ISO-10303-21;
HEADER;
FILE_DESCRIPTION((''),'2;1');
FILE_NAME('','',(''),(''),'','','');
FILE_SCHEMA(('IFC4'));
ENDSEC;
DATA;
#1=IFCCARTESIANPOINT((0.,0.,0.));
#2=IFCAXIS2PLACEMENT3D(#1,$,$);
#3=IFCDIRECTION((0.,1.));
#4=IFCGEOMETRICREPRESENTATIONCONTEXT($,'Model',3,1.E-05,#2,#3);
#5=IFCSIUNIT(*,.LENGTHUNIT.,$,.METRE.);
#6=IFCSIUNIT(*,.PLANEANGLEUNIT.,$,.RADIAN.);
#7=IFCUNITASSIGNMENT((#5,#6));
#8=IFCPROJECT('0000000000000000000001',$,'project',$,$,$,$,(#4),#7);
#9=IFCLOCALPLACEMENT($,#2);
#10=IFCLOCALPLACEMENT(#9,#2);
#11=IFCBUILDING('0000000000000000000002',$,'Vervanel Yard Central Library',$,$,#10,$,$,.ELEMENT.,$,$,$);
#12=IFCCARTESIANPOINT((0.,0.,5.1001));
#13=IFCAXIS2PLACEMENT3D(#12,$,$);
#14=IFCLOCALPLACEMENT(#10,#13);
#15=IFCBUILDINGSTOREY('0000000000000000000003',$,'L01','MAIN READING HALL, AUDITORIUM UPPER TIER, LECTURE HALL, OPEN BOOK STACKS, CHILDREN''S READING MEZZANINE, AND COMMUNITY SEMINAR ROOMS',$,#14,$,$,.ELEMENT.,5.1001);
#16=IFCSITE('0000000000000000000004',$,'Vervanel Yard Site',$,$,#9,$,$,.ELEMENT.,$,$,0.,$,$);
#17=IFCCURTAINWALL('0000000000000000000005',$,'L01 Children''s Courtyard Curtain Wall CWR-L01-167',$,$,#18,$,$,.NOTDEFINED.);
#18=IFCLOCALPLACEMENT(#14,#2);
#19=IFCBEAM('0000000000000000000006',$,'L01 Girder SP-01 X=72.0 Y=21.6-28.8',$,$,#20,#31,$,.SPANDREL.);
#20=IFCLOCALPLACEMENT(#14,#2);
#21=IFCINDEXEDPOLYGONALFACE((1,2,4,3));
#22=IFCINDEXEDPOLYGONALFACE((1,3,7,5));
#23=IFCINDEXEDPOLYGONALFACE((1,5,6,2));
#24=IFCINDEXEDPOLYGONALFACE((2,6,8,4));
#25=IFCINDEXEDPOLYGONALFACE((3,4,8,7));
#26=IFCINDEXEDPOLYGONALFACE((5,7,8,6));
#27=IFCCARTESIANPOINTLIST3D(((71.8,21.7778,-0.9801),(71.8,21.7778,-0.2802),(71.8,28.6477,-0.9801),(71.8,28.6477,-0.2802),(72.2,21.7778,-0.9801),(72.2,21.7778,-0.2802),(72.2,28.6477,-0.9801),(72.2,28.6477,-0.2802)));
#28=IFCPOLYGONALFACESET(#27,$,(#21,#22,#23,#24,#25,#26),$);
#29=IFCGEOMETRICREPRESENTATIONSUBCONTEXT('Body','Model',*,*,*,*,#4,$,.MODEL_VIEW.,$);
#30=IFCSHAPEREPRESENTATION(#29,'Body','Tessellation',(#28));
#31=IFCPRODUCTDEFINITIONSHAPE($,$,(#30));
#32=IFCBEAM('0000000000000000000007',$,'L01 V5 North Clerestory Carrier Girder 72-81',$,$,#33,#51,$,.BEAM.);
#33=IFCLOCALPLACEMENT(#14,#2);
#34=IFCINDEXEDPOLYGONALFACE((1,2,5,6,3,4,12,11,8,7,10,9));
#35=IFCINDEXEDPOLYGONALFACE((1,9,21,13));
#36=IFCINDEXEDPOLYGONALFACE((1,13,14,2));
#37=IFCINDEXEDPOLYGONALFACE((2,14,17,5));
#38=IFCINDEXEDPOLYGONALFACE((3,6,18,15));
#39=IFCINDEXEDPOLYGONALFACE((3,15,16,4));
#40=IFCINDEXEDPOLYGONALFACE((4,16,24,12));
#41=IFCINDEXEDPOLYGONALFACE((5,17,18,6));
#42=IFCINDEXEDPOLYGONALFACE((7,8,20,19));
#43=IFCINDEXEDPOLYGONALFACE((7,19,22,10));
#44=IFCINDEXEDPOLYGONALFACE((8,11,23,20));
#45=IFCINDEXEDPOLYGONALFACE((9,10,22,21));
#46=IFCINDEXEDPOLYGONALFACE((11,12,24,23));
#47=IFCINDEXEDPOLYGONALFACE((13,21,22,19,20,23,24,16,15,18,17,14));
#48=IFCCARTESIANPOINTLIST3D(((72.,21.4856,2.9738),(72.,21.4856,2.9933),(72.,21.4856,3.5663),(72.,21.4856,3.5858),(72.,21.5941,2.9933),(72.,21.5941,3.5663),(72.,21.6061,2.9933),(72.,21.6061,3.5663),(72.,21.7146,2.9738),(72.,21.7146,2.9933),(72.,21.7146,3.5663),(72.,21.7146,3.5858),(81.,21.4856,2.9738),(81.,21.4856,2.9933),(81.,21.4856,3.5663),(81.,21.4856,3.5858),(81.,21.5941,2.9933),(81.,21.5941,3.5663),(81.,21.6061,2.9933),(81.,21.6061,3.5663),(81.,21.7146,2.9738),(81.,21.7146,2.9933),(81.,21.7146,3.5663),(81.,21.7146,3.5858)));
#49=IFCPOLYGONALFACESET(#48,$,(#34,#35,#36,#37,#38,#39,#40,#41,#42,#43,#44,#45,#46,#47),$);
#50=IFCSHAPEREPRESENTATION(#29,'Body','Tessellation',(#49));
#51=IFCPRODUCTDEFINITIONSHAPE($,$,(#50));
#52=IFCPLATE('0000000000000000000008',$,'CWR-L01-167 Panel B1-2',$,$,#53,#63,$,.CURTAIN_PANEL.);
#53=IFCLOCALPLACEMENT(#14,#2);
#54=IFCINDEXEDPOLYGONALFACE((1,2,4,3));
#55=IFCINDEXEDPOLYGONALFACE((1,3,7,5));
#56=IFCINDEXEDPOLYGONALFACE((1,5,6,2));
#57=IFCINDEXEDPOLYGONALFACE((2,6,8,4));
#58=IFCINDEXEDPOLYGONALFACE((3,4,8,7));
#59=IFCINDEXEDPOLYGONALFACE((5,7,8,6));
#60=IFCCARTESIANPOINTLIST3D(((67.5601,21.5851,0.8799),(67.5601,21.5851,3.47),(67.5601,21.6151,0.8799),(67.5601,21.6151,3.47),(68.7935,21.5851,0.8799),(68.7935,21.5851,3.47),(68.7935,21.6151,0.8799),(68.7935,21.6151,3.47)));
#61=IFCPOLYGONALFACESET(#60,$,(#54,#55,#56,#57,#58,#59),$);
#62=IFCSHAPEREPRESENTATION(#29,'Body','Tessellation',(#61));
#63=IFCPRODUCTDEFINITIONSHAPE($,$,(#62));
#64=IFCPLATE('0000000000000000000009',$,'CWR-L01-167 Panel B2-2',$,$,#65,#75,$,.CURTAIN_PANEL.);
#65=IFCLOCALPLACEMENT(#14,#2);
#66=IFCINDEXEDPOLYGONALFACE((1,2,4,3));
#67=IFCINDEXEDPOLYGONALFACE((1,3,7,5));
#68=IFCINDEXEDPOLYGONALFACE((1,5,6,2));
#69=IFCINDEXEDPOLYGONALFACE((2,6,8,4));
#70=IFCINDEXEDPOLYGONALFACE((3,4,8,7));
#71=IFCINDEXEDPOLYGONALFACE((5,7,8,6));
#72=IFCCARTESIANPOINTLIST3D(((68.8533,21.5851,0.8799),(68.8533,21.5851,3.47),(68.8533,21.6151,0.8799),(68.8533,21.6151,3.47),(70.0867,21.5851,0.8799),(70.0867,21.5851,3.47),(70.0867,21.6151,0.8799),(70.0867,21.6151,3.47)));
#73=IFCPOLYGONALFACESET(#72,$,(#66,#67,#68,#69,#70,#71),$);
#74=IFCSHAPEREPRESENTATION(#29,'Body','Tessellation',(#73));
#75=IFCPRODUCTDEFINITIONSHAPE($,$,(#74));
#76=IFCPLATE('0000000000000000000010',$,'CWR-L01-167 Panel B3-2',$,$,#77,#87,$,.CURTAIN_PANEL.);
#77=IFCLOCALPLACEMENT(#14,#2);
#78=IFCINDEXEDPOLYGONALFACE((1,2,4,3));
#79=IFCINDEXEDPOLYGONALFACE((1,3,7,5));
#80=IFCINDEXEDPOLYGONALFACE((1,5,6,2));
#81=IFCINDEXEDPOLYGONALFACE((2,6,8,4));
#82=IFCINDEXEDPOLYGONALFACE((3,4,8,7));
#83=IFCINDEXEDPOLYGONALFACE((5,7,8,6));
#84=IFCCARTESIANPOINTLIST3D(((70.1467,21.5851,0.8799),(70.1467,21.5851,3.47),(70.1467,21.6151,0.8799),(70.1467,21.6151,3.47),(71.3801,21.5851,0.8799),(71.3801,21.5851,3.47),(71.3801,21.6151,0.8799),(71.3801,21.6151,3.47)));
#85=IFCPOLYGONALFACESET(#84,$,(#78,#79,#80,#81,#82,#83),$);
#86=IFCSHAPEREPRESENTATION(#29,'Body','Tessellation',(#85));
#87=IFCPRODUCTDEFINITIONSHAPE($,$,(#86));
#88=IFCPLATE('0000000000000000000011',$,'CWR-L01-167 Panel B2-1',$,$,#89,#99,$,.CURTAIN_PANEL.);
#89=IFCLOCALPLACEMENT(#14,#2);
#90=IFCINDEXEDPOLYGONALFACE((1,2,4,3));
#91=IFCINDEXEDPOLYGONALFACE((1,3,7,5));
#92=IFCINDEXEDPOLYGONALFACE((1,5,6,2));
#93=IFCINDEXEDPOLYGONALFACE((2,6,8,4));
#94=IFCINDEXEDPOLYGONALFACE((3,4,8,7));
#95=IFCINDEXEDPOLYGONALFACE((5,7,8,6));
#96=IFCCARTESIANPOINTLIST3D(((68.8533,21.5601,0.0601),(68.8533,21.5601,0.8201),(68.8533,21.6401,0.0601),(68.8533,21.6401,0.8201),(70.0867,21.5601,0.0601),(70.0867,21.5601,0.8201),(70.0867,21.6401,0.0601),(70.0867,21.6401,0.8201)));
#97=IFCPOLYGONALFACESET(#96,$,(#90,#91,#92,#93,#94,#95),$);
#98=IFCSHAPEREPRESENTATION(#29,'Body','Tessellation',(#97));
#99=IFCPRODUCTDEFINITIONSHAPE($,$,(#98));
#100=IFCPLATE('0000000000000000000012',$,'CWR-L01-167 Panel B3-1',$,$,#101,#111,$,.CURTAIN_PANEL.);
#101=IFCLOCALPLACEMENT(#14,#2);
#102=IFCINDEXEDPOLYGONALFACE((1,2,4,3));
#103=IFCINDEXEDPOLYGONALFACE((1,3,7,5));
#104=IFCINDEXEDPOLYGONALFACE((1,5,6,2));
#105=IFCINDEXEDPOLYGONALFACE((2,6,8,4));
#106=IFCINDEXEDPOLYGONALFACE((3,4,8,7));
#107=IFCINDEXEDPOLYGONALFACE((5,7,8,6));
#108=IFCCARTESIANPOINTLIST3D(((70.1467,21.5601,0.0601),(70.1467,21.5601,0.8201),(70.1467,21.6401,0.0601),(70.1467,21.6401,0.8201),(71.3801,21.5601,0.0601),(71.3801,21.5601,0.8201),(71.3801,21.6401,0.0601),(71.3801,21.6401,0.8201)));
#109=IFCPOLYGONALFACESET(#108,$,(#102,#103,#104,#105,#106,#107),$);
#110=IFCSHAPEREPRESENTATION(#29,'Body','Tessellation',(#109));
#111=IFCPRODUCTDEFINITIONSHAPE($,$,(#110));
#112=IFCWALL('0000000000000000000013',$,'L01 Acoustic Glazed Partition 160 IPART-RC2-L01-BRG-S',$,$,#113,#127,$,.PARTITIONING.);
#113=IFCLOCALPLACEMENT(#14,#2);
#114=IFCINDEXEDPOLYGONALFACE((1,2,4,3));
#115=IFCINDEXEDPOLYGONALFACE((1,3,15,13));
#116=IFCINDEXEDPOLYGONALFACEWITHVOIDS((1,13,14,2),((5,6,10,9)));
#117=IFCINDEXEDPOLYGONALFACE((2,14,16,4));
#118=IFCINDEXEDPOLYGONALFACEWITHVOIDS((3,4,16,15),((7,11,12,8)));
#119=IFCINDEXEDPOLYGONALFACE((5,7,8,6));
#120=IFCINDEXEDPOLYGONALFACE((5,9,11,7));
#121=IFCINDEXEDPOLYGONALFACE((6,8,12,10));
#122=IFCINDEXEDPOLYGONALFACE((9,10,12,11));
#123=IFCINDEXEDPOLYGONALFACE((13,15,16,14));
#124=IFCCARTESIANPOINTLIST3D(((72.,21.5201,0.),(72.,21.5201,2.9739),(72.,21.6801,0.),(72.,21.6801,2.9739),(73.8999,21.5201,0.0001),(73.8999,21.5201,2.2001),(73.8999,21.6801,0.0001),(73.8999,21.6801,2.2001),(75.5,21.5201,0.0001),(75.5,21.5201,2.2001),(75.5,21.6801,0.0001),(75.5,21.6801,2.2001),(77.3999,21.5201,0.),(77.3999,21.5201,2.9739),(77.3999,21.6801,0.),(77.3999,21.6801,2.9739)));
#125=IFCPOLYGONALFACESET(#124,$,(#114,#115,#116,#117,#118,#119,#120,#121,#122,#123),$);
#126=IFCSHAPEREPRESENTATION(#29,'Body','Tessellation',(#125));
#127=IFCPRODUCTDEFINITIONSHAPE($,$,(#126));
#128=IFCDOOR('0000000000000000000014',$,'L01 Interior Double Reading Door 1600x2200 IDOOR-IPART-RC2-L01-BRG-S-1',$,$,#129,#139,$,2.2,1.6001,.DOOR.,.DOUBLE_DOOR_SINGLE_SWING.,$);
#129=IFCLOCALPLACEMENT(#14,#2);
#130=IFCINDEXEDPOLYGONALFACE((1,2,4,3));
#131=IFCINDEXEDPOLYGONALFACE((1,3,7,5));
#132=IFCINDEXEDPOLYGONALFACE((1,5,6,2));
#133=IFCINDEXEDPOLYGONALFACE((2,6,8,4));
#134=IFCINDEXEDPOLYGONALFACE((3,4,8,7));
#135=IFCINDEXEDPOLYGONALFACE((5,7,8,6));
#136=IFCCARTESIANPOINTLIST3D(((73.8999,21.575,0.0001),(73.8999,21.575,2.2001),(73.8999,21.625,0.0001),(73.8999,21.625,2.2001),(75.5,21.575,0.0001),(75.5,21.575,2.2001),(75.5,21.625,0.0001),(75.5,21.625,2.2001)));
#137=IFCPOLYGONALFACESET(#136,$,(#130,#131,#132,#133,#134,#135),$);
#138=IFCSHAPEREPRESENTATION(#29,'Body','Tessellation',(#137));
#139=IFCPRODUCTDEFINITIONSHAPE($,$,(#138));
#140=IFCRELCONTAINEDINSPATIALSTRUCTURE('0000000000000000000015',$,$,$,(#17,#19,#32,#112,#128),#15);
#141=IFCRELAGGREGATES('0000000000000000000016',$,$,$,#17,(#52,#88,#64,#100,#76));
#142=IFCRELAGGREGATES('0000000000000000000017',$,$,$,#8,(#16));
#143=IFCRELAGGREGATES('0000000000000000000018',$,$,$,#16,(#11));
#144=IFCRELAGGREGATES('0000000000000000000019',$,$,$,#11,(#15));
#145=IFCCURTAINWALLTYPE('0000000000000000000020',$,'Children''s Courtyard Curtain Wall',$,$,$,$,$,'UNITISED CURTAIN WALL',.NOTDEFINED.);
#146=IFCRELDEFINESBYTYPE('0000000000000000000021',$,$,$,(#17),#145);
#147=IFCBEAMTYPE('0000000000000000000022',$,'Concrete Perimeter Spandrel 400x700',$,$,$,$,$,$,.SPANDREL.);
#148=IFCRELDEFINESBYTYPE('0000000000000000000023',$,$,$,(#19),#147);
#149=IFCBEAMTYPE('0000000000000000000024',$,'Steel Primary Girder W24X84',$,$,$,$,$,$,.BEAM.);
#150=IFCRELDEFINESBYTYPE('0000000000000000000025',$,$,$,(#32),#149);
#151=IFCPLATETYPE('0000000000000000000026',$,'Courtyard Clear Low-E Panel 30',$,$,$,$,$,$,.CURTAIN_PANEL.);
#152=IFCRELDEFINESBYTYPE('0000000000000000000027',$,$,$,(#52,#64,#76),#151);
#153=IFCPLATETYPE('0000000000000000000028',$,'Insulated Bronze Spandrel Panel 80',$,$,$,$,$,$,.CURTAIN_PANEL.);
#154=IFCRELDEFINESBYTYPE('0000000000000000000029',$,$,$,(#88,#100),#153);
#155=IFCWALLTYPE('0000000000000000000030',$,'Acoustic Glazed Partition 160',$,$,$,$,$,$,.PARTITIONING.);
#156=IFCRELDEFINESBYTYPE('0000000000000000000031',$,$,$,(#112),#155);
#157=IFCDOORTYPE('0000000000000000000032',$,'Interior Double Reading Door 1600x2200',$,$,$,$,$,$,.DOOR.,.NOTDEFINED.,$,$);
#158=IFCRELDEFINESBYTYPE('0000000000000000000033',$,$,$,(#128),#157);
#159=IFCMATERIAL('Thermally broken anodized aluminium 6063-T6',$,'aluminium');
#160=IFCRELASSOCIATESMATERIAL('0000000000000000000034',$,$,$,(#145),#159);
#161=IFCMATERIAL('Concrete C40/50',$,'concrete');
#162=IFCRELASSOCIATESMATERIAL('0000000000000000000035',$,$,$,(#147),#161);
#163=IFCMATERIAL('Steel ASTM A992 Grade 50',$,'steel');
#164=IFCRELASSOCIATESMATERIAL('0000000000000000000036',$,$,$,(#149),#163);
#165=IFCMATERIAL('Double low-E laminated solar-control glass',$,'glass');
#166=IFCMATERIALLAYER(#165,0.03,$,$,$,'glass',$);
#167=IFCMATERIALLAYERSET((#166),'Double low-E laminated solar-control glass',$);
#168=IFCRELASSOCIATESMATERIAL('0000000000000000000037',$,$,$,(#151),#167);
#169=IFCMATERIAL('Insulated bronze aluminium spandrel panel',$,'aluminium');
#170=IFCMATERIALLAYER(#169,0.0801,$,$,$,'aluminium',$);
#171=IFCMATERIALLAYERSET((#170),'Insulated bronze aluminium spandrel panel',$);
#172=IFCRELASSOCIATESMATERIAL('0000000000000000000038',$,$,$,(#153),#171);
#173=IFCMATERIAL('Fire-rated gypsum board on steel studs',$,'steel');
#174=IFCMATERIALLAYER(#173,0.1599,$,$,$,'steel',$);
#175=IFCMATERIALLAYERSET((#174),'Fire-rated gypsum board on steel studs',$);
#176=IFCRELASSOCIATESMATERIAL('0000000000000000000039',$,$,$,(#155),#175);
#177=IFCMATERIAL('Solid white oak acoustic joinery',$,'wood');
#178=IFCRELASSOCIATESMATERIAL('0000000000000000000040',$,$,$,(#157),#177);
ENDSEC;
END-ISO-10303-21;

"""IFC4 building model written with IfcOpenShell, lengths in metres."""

from ifc_helpers import new_model, si_unit, direction, frame, frame_2d, origin, origin_2d, place, context, subcontext, project, spatial, rectangle, i_section, extrude, material, layer, layer_set, material_profile, profile_set, type_object, element, fill, aggregate, save


model = new_model("IFC4")

# Units and contexts
model_context = context("Model", 3, precision=1e-05, world=origin(), true_north=direction((0.0, 1.0)))
body_context = subcontext(model_context, "Body", "Model", "MODEL_VIEW")
ifc_project = project(units=[si_unit("LENGTHUNIT", "METRE"), si_unit("PLANEANGLEUNIT", "RADIAN")], contexts=[model_context])

# Site, building, storey
site_placement = place(None, origin())
site = spatial("IfcSite", under=ifc_project, at=site_placement, Name="Vervanel Yard Site", CompositionType="ELEMENT", RefElevation=0.0)
building_placement = place(site_placement, origin())
building = spatial("IfcBuilding", under=site, at=building_placement, Name="Vervanel Yard Central Library", CompositionType="ELEMENT")
storey_placement = place(building_placement, frame((0.0, 0.0, 5.1001)))
storey = spatial("IfcBuildingStorey", under=building, at=storey_placement, Name="L01", Description="MAIN READING HALL, AUDITORIUM UPPER TIER, LECTURE HALL, OPEN BOOK STACKS, CHILDREN'S READING MEZZANINE, AND COMMUNITY SEMINAR ROOMS", CompositionType="ELEMENT", Elevation=5.1001)

# Shared definitions
ifc_material_1 = material(Name="Steel ASTM A992 Grade 50", Category="steel")

# Curtain wall
ifc_material_2 = material(Name="Thermally broken anodized aluminium 6063-T6", Category="aluminium")
curtain_wall_type_1 = type_object("IfcCurtainWallType", Name="Children's Courtyard Curtain Wall", ElementType="UNITISED CURTAIN WALL", PredefinedType="NOTDEFINED", material=ifc_material_2)
curtain_wall_1_placement = place(storey_placement, origin())
curtain_wall_1 = element("IfcCurtainWall", 1, at=curtain_wall_1_placement, inside=storey, type_object=curtain_wall_type_1, Name="L01 Children's Courtyard Curtain Wall CWR-L01-167", PredefinedType="NOTDEFINED")

# Beams
ifc_material_3 = material(Name="Concrete C40/50", Category="concrete")
ifc_material_profile_1 = material_profile(ifc_material_3, rectangle(XDim=0.3999, YDim=0.7, at=origin_2d()), Name="RC 400x700", Category="concrete")
ifc_profile_set_1 = profile_set([ifc_material_profile_1], Name="Concrete C40/50")
beam_type_1 = type_object("IfcBeamType", Name="Concrete Perimeter Spandrel 400x700", PredefinedType="SPANDREL", material=ifc_profile_set_1)
beam_1_placement = place(storey_placement, frame((72.0, 21.7778, -0.6301), z_axis=(0.0, 1.0, 0.0), x_axis=(-1.0, 0.0, 0.0)))
element("IfcBeam", 2, at=beam_1_placement, inside=storey, type_object=beam_type_1, Name="L01 Girder SP-01 X=72.0 Y=21.6-28.8", PredefinedType="SPANDREL", context=body_context, shape_type="SweptSolid", body=[
    extrude(rectangle(XDim=0.3999, YDim=0.7, at=origin_2d()), origin(), (0.0, 0.0, 1.0), 6.8699),
])
ifc_material_profile_2 = material_profile(ifc_material_1, i_section(OverallWidth=0.229, OverallDepth=0.6121, WebThickness=0.012, FlangeThickness=0.0195, at=origin_2d()), Name="W24X84", Category="steel")
ifc_profile_set_2 = profile_set([ifc_material_profile_2], Name="Steel ASTM A992 Grade 50")
beam_type_2 = type_object("IfcBeamType", Name="Steel Primary Girder W24X84", PredefinedType="BEAM", material=ifc_profile_set_2)
beam_2_placement = place(storey_placement, frame((72.0, 21.6001, 3.2798), z_axis=(1.0, 0.0, 0.0), x_axis=(0.0, 1.0, 0.0)))
element("IfcBeam", 3, at=beam_2_placement, inside=storey, type_object=beam_type_2, Name="L01 V5 North Clerestory Carrier Girder 72-81", PredefinedType="BEAM", context=body_context, shape_type="SweptSolid", body=[
    extrude(i_section(OverallWidth=0.229, OverallDepth=0.6121, WebThickness=0.012, FlangeThickness=0.0195, at=origin_2d()), origin(), (0.0, 0.0, 1.0), 9.0),
])

# Plates
ifc_material_4 = material(Name="Double low-E laminated solar-control glass", Category="glass")
ifc_layer_1 = layer(ifc_material_4, 0.03, Category="glass")
ifc_layer_set_1 = layer_set([ifc_layer_1], Name="Double low-E laminated solar-control glass")
plate_type_1 = type_object("IfcPlateType", Name="Courtyard Clear Low-E Panel 30", PredefinedType="CURTAIN_PANEL", material=ifc_layer_set_1)
plate_1_placement = place(storey_placement, frame((68.1768, 21.6001, 0.8799), z_axis=(0.0, 0.0, 1.0), x_axis=(1.0, 0.0, 0.0)))
plate_1 = element("IfcPlate", 4, at=plate_1_placement, type_object=plate_type_1, Name="CWR-L01-167 Panel B1-2", PredefinedType="CURTAIN_PANEL", context=body_context, shape_type="SweptSolid", body=[
    extrude(rectangle(XDim=1.2334, YDim=0.03, at=origin_2d()), origin(), (0.0, 0.0, 1.0), 2.5901),
])
plate_2_placement = place(storey_placement, frame((69.47, 21.6001, 0.8799), z_axis=(0.0, 0.0, 1.0), x_axis=(1.0, 0.0, 0.0)))
plate_2 = element("IfcPlate", 5, at=plate_2_placement, type_object=plate_type_1, Name="CWR-L01-167 Panel B2-2", PredefinedType="CURTAIN_PANEL", context=body_context, shape_type="SweptSolid", body=[
    extrude(rectangle(XDim=1.2334, YDim=0.03, at=origin_2d()), origin(), (0.0, 0.0, 1.0), 2.5901),
])
plate_3_placement = place(storey_placement, frame((70.7634, 21.6001, 0.8799), z_axis=(0.0, 0.0, 1.0), x_axis=(1.0, 0.0, 0.0)))
plate_3 = element("IfcPlate", 6, at=plate_3_placement, type_object=plate_type_1, Name="CWR-L01-167 Panel B3-2", PredefinedType="CURTAIN_PANEL", context=body_context, shape_type="SweptSolid", body=[
    extrude(rectangle(XDim=1.2334, YDim=0.03, at=origin_2d()), origin(), (0.0, 0.0, 1.0), 2.5901),
])
ifc_material_5 = material(Name="Insulated bronze aluminium spandrel panel", Category="aluminium")
ifc_layer_2 = layer(ifc_material_5, 0.0801, Category="aluminium")
ifc_layer_set_2 = layer_set([ifc_layer_2], Name="Insulated bronze aluminium spandrel panel")
plate_type_2 = type_object("IfcPlateType", Name="Insulated Bronze Spandrel Panel 80", PredefinedType="CURTAIN_PANEL", material=ifc_layer_set_2)
plate_4_placement = place(storey_placement, frame((69.47, 21.6001, 0.0601), z_axis=(0.0, 0.0, 1.0), x_axis=(1.0, 0.0, 0.0)))
plate_4 = element("IfcPlate", 7, at=plate_4_placement, type_object=plate_type_2, Name="CWR-L01-167 Panel B2-1", PredefinedType="CURTAIN_PANEL", context=body_context, shape_type="SweptSolid", body=[
    extrude(rectangle(XDim=1.2334, YDim=0.0801, at=origin_2d()), origin(), (0.0, 0.0, 1.0), 0.76),
])
plate_5_placement = place(storey_placement, frame((70.7634, 21.6001, 0.0601), z_axis=(0.0, 0.0, 1.0), x_axis=(1.0, 0.0, 0.0)))
plate_5 = element("IfcPlate", 8, at=plate_5_placement, type_object=plate_type_2, Name="CWR-L01-167 Panel B3-1", PredefinedType="CURTAIN_PANEL", context=body_context, shape_type="SweptSolid", body=[
    extrude(rectangle(XDim=1.2334, YDim=0.0801, at=origin_2d()), origin(), (0.0, 0.0, 1.0), 0.76),
])
aggregate(curtain_wall_1, [plate_1, plate_4, plate_2, plate_5, plate_3])

# Wall, opening, door
ifc_material_6 = material(Name="Fire-rated gypsum board on steel studs", Category="steel")
ifc_layer_3 = layer(ifc_material_6, 0.1599, Category="steel")
ifc_layer_set_3 = layer_set([ifc_layer_3], Name="Fire-rated gypsum board on steel studs")
wall_type = type_object("IfcWallType", Name="Acoustic Glazed Partition 160", PredefinedType="PARTITIONING", material=ifc_layer_set_3)
wall_placement = place(storey_placement, frame((72.0, 21.6001, 0.0), z_axis=(0.0, 0.0, 1.0), x_axis=(1.0, 0.0, 0.0)))
wall = element("IfcWall", 9, at=wall_placement, inside=storey, type_object=wall_type, Name="L01 Acoustic Glazed Partition 160 IPART-RC2-L01-BRG-S", PredefinedType="PARTITIONING", context=body_context, shape_type="SweptSolid", body=[
    extrude(rectangle(XDim=5.3999, YDim=0.1599, at=frame_2d((2.7, 0.0))), origin(), (0.0, 0.0, 1.0), 2.9739),
])
opening_placement = place(wall_placement, frame((1.8999, 0.0, 0.0)))
opening = element("IfcOpeningElement", 10, at=opening_placement, cuts=wall, PredefinedType="OPENING", context=body_context, shape_type="SweptSolid", body=[
    extrude(rectangle(XDim=1.6001, YDim=2.2, at=frame_2d((0.8, 1.1001))), frame((0.0, 0.0898, 0.0), z_axis=(0.0, -1.0, 0.0), x_axis=(1.0, 0.0, 0.0)), (0.0, 0.0, 1.0), 0.1799),
])
ifc_material_7 = material(Name="Solid white oak acoustic joinery", Category="wood")
door_type = type_object("IfcDoorType", Name="Interior Double Reading Door 1600x2200", OperationType="NOTDEFINED", PredefinedType="DOOR", material=ifc_material_7)
door_placement = place(opening_placement, origin())
door = element("IfcDoor", 11, at=door_placement, inside=storey, type_object=door_type, Name="L01 Interior Double Reading Door 1600x2200 IDOOR-IPART-RC2-L01-BRG-S-1", OperationType="DOUBLE_DOOR_SINGLE_SWING", OverallHeight=2.2, OverallWidth=1.6001, PredefinedType="DOOR", context=body_context, shape_type="SweptSolid", body=[
    extrude(rectangle(XDim=1.6001, YDim=2.2, at=frame_2d((0.8, 1.1001))), frame((0.0, 0.0249, 0.0), z_axis=(0.0, -1.0, 0.0), x_axis=(1.0, 0.0, 0.0)), (0.0, 0.0, 1.0), 0.05),
])
fill(opening, door)

save(model, "model.ifc")
